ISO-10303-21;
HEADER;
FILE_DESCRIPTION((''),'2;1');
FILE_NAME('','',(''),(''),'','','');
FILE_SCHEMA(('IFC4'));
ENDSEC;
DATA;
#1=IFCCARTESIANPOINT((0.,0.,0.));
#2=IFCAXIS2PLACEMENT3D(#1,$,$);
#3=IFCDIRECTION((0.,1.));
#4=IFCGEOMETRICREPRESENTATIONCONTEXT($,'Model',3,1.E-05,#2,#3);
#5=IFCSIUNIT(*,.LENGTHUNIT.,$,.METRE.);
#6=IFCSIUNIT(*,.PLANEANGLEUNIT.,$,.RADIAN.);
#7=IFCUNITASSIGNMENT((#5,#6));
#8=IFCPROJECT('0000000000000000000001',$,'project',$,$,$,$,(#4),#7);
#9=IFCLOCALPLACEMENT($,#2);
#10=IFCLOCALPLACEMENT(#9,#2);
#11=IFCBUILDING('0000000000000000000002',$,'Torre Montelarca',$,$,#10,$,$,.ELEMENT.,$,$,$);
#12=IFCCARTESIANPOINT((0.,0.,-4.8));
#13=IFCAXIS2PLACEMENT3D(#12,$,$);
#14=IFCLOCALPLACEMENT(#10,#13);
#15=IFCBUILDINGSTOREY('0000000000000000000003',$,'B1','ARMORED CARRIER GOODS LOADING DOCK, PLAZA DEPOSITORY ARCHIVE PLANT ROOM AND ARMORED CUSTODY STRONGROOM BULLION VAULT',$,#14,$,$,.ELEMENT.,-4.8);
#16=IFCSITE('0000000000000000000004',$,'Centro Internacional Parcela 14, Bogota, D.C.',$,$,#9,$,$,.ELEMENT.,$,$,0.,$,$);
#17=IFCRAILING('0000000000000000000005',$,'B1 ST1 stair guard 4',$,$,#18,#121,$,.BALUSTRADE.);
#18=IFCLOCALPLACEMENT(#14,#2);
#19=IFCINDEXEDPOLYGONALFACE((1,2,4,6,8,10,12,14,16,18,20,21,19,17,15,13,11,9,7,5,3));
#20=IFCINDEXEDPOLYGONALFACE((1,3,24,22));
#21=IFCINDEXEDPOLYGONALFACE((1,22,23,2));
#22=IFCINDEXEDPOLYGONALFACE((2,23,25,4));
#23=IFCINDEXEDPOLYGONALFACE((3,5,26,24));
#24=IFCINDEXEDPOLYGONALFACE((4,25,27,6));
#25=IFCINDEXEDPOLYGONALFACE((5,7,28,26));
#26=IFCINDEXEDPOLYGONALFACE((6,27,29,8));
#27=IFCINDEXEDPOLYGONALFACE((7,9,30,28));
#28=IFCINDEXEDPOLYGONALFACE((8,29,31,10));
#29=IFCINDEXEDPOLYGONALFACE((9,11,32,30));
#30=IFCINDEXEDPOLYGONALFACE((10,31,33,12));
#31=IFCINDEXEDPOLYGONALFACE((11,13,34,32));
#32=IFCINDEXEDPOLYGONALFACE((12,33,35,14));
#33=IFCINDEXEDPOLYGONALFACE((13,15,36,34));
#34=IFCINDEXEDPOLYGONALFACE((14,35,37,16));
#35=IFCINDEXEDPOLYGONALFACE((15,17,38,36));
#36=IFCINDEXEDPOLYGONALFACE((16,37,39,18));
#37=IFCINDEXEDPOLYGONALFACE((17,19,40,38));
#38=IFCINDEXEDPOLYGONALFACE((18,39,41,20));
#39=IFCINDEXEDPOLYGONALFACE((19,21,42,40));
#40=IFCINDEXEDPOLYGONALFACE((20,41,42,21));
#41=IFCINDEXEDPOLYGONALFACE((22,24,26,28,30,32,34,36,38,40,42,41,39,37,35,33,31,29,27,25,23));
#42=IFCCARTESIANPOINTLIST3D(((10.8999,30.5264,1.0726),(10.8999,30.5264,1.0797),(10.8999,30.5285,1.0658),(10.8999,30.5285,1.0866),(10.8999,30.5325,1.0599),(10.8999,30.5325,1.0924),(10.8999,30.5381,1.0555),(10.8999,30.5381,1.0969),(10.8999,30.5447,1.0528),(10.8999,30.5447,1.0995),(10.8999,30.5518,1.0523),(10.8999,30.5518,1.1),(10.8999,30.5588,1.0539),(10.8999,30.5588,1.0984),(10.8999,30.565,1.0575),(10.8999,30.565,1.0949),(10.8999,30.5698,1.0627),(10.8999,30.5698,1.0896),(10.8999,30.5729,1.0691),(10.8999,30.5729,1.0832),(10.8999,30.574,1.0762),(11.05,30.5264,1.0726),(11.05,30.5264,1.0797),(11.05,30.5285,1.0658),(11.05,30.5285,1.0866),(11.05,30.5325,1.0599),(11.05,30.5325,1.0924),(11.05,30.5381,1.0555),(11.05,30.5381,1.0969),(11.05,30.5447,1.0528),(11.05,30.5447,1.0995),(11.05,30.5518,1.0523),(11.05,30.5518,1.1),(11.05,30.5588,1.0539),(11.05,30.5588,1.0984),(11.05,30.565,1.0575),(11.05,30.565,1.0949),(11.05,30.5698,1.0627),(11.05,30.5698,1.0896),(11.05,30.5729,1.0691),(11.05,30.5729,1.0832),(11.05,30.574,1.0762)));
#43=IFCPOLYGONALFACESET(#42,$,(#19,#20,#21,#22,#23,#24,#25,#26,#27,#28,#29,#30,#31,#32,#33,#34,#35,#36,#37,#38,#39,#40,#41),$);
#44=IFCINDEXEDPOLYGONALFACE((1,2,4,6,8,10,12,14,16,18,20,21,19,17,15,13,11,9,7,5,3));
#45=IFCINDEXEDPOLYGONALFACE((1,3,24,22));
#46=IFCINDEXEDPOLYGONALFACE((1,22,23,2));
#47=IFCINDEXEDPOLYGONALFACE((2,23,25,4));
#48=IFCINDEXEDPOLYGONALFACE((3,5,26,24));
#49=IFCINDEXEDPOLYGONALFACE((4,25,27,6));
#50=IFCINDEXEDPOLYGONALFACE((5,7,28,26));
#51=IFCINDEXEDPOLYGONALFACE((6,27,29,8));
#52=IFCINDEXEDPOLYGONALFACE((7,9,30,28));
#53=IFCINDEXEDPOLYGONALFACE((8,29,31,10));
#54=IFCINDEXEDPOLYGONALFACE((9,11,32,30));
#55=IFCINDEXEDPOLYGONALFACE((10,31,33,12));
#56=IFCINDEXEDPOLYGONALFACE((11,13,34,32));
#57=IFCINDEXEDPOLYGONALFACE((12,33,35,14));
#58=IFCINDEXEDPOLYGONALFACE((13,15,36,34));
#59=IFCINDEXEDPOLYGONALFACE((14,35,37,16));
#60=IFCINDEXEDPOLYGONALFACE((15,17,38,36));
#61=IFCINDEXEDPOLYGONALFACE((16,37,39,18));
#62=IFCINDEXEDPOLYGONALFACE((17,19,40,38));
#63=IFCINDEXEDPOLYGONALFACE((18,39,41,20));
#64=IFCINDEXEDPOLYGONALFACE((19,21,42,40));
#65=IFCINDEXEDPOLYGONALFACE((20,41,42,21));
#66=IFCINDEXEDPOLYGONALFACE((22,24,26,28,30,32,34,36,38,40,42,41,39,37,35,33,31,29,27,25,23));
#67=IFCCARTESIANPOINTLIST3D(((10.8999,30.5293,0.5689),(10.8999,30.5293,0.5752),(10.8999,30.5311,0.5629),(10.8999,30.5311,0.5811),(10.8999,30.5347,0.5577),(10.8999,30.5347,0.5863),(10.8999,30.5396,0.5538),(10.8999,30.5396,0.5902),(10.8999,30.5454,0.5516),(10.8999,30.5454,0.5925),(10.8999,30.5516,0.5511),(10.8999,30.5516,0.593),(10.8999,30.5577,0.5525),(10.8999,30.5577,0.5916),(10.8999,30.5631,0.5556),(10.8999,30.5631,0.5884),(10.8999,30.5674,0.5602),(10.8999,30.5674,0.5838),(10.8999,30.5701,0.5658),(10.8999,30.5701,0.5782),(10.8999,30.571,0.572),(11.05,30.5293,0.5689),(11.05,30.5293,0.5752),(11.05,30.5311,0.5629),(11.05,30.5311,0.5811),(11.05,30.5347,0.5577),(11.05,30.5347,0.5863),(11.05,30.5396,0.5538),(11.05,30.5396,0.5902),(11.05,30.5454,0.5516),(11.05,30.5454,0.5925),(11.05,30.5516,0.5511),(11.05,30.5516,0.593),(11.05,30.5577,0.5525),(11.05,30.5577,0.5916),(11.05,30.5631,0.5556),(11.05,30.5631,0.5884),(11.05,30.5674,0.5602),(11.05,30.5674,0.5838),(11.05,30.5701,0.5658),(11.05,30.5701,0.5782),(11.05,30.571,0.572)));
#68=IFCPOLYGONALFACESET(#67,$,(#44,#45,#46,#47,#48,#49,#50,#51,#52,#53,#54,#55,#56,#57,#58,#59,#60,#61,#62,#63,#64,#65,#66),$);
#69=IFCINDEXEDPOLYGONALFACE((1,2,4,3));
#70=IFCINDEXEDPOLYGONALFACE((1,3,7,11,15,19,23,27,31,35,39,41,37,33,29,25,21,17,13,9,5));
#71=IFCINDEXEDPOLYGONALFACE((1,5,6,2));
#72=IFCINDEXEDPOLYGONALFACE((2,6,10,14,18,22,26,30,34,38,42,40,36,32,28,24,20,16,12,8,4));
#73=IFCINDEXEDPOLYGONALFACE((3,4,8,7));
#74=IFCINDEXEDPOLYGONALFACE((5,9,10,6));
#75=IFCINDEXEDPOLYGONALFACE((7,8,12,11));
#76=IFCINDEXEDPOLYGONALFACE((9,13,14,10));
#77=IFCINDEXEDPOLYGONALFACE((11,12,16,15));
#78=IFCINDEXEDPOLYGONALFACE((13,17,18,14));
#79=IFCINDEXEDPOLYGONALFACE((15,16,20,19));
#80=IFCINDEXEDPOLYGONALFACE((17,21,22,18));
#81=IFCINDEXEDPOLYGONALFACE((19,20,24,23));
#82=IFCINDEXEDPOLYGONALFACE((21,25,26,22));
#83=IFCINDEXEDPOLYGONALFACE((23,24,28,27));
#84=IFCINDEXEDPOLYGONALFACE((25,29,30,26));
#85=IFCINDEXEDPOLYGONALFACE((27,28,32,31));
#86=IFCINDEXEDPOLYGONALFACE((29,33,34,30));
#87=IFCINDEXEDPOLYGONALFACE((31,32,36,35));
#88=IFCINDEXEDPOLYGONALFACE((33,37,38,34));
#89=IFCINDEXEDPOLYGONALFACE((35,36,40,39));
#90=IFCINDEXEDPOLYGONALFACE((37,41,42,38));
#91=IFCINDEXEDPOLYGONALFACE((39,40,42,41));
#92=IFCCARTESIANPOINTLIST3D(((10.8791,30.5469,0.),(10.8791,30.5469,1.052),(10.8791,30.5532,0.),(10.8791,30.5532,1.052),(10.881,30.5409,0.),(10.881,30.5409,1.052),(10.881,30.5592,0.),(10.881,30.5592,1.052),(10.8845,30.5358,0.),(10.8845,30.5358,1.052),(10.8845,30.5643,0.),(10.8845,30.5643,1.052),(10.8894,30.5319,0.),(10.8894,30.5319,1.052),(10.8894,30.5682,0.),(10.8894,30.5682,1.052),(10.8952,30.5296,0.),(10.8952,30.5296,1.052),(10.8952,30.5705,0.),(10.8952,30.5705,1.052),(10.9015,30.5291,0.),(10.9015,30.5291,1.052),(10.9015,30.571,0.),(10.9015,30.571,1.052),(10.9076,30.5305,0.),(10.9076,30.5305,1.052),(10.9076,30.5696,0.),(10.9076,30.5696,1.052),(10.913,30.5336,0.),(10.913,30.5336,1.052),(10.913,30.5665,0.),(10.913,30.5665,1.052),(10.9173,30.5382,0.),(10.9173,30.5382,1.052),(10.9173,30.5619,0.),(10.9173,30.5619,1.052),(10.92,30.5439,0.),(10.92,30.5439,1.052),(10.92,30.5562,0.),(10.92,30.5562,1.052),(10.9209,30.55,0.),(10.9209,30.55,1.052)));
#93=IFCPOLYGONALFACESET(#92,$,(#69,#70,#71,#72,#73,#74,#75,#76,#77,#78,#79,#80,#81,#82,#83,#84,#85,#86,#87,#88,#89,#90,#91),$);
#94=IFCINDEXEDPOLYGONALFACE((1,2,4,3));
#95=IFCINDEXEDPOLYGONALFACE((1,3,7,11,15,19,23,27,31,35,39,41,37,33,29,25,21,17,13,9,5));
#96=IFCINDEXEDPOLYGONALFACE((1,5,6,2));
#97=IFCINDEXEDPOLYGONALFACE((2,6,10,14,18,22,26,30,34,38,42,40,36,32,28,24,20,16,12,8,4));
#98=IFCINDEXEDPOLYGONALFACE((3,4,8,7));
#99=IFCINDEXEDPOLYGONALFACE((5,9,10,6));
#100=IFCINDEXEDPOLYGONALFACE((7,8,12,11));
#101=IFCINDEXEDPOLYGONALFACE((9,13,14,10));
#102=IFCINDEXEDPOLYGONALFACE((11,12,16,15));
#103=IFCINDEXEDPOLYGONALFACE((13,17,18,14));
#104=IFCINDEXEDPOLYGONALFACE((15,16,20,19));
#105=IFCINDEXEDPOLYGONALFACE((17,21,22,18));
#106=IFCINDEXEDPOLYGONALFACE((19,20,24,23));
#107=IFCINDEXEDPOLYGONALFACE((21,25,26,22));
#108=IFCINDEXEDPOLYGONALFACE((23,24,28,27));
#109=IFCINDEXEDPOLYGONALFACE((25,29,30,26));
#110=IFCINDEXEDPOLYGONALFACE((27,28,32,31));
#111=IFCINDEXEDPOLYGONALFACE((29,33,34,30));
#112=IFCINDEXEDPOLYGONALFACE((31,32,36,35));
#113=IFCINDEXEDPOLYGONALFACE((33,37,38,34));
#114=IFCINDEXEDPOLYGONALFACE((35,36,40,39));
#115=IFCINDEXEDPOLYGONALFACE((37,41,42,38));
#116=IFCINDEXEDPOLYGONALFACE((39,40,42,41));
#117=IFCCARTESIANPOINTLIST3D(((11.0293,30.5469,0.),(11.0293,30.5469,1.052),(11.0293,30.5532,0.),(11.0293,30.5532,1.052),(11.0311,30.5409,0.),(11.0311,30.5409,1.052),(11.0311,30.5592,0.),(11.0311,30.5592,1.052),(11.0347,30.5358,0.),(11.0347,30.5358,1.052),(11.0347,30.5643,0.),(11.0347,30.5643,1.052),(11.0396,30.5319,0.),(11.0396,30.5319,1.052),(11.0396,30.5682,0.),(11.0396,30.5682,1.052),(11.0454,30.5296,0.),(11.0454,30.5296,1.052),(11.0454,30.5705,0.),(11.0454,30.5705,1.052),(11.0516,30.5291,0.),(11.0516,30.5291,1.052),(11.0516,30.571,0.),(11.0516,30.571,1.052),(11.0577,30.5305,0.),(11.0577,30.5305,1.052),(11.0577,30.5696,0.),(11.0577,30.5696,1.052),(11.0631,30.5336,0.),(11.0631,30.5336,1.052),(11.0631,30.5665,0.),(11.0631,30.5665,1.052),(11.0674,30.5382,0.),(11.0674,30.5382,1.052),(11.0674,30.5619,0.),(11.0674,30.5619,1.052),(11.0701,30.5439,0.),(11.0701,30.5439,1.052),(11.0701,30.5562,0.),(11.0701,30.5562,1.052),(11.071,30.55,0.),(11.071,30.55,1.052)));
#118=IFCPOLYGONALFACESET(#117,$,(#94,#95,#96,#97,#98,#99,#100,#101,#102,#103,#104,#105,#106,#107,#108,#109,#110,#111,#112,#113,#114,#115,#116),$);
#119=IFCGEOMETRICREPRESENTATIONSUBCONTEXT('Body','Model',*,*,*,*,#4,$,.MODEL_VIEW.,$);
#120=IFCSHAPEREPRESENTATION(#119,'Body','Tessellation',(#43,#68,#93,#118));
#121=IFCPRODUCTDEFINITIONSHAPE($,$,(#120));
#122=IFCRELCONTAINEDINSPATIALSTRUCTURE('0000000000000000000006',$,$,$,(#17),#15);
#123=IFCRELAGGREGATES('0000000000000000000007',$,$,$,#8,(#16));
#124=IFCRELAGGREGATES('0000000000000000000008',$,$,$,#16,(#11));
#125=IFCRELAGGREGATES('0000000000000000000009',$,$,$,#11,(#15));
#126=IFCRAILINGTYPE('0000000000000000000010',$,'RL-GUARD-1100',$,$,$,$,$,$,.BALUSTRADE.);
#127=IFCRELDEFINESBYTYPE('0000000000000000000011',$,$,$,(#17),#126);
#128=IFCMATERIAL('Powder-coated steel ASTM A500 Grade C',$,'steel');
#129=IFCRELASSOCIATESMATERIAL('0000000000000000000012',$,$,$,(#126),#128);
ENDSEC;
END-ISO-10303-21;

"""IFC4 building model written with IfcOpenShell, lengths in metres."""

from ifc_helpers import new_model, si_unit, direction, frame, origin, origin_2d, place, context, subcontext, project, spatial, circle, extrude, material, type_object, element, save


model = new_model("IFC4")

# Units and contexts
model_context = context("Model", 3, precision=1e-05, world=origin(), true_north=direction((0.0, 1.0)))
body_context = subcontext(model_context, "Body", "Model", "MODEL_VIEW")
ifc_project = project(units=[si_unit("LENGTHUNIT", "METRE"), si_unit("PLANEANGLEUNIT", "RADIAN")], contexts=[model_context])

# Site, building, storey
site_placement = place(None, origin())
site = spatial("IfcSite", under=ifc_project, at=site_placement, Name="Centro Internacional Parcela 14, Bogota, D.C.", CompositionType="ELEMENT", RefElevation=0.0)
building_placement = place(site_placement, origin())
building = spatial("IfcBuilding", under=site, at=building_placement, Name="Torre Montelarca", CompositionType="ELEMENT")
storey_placement = place(building_placement, frame((0.0, 0.0, -4.8)))
storey = spatial("IfcBuildingStorey", under=building, at=storey_placement, Name="B1", Description="ARMORED CARRIER GOODS LOADING DOCK, PLAZA DEPOSITORY ARCHIVE PLANT ROOM AND ARMORED CUSTODY STRONGROOM BULLION VAULT", CompositionType="ELEMENT", Elevation=-4.8)

# Railing
ifc_material_1 = material(Name="Powder-coated steel ASTM A500 Grade C", Category="steel")
railing_type_1 = type_object("IfcRailingType", Name="RL-GUARD-1100", PredefinedType="BALUSTRADE", material=ifc_material_1)
railing_1_placement = place(storey_placement, frame((10.8999, 30.55, 0.0)))
element("IfcRailing", 1, at=railing_1_placement, inside=storey, type_object=railing_type_1, Name="B1 ST1 stair guard 4", PredefinedType="BALUSTRADE", context=body_context, shape_type="SweptSolid", body=[
    extrude(circle(Radius=0.0239, at=origin_2d()), frame((0.0, 0.0, 1.0762), z_axis=(1.0, 0.0, 0.0), x_axis=(0.0, 1.0, 0.0)), (0.0, 0.0, 1.0), 0.1501),
    extrude(circle(Radius=0.021, at=origin_2d()), frame((0.0, 0.0, 0.572), z_axis=(1.0, 0.0, 0.0), x_axis=(0.0, 1.0, 0.0)), (0.0, 0.0, 1.0), 0.1501),
    extrude(circle(Radius=0.021, at=origin_2d()), origin(), (0.0, 0.0, 1.0), 1.052),
    extrude(circle(Radius=0.021, at=origin_2d()), frame((0.1501, 0.0, 0.0)), (0.0, 0.0, 1.0), 1.052),
])

save(model, "model.ifc")
